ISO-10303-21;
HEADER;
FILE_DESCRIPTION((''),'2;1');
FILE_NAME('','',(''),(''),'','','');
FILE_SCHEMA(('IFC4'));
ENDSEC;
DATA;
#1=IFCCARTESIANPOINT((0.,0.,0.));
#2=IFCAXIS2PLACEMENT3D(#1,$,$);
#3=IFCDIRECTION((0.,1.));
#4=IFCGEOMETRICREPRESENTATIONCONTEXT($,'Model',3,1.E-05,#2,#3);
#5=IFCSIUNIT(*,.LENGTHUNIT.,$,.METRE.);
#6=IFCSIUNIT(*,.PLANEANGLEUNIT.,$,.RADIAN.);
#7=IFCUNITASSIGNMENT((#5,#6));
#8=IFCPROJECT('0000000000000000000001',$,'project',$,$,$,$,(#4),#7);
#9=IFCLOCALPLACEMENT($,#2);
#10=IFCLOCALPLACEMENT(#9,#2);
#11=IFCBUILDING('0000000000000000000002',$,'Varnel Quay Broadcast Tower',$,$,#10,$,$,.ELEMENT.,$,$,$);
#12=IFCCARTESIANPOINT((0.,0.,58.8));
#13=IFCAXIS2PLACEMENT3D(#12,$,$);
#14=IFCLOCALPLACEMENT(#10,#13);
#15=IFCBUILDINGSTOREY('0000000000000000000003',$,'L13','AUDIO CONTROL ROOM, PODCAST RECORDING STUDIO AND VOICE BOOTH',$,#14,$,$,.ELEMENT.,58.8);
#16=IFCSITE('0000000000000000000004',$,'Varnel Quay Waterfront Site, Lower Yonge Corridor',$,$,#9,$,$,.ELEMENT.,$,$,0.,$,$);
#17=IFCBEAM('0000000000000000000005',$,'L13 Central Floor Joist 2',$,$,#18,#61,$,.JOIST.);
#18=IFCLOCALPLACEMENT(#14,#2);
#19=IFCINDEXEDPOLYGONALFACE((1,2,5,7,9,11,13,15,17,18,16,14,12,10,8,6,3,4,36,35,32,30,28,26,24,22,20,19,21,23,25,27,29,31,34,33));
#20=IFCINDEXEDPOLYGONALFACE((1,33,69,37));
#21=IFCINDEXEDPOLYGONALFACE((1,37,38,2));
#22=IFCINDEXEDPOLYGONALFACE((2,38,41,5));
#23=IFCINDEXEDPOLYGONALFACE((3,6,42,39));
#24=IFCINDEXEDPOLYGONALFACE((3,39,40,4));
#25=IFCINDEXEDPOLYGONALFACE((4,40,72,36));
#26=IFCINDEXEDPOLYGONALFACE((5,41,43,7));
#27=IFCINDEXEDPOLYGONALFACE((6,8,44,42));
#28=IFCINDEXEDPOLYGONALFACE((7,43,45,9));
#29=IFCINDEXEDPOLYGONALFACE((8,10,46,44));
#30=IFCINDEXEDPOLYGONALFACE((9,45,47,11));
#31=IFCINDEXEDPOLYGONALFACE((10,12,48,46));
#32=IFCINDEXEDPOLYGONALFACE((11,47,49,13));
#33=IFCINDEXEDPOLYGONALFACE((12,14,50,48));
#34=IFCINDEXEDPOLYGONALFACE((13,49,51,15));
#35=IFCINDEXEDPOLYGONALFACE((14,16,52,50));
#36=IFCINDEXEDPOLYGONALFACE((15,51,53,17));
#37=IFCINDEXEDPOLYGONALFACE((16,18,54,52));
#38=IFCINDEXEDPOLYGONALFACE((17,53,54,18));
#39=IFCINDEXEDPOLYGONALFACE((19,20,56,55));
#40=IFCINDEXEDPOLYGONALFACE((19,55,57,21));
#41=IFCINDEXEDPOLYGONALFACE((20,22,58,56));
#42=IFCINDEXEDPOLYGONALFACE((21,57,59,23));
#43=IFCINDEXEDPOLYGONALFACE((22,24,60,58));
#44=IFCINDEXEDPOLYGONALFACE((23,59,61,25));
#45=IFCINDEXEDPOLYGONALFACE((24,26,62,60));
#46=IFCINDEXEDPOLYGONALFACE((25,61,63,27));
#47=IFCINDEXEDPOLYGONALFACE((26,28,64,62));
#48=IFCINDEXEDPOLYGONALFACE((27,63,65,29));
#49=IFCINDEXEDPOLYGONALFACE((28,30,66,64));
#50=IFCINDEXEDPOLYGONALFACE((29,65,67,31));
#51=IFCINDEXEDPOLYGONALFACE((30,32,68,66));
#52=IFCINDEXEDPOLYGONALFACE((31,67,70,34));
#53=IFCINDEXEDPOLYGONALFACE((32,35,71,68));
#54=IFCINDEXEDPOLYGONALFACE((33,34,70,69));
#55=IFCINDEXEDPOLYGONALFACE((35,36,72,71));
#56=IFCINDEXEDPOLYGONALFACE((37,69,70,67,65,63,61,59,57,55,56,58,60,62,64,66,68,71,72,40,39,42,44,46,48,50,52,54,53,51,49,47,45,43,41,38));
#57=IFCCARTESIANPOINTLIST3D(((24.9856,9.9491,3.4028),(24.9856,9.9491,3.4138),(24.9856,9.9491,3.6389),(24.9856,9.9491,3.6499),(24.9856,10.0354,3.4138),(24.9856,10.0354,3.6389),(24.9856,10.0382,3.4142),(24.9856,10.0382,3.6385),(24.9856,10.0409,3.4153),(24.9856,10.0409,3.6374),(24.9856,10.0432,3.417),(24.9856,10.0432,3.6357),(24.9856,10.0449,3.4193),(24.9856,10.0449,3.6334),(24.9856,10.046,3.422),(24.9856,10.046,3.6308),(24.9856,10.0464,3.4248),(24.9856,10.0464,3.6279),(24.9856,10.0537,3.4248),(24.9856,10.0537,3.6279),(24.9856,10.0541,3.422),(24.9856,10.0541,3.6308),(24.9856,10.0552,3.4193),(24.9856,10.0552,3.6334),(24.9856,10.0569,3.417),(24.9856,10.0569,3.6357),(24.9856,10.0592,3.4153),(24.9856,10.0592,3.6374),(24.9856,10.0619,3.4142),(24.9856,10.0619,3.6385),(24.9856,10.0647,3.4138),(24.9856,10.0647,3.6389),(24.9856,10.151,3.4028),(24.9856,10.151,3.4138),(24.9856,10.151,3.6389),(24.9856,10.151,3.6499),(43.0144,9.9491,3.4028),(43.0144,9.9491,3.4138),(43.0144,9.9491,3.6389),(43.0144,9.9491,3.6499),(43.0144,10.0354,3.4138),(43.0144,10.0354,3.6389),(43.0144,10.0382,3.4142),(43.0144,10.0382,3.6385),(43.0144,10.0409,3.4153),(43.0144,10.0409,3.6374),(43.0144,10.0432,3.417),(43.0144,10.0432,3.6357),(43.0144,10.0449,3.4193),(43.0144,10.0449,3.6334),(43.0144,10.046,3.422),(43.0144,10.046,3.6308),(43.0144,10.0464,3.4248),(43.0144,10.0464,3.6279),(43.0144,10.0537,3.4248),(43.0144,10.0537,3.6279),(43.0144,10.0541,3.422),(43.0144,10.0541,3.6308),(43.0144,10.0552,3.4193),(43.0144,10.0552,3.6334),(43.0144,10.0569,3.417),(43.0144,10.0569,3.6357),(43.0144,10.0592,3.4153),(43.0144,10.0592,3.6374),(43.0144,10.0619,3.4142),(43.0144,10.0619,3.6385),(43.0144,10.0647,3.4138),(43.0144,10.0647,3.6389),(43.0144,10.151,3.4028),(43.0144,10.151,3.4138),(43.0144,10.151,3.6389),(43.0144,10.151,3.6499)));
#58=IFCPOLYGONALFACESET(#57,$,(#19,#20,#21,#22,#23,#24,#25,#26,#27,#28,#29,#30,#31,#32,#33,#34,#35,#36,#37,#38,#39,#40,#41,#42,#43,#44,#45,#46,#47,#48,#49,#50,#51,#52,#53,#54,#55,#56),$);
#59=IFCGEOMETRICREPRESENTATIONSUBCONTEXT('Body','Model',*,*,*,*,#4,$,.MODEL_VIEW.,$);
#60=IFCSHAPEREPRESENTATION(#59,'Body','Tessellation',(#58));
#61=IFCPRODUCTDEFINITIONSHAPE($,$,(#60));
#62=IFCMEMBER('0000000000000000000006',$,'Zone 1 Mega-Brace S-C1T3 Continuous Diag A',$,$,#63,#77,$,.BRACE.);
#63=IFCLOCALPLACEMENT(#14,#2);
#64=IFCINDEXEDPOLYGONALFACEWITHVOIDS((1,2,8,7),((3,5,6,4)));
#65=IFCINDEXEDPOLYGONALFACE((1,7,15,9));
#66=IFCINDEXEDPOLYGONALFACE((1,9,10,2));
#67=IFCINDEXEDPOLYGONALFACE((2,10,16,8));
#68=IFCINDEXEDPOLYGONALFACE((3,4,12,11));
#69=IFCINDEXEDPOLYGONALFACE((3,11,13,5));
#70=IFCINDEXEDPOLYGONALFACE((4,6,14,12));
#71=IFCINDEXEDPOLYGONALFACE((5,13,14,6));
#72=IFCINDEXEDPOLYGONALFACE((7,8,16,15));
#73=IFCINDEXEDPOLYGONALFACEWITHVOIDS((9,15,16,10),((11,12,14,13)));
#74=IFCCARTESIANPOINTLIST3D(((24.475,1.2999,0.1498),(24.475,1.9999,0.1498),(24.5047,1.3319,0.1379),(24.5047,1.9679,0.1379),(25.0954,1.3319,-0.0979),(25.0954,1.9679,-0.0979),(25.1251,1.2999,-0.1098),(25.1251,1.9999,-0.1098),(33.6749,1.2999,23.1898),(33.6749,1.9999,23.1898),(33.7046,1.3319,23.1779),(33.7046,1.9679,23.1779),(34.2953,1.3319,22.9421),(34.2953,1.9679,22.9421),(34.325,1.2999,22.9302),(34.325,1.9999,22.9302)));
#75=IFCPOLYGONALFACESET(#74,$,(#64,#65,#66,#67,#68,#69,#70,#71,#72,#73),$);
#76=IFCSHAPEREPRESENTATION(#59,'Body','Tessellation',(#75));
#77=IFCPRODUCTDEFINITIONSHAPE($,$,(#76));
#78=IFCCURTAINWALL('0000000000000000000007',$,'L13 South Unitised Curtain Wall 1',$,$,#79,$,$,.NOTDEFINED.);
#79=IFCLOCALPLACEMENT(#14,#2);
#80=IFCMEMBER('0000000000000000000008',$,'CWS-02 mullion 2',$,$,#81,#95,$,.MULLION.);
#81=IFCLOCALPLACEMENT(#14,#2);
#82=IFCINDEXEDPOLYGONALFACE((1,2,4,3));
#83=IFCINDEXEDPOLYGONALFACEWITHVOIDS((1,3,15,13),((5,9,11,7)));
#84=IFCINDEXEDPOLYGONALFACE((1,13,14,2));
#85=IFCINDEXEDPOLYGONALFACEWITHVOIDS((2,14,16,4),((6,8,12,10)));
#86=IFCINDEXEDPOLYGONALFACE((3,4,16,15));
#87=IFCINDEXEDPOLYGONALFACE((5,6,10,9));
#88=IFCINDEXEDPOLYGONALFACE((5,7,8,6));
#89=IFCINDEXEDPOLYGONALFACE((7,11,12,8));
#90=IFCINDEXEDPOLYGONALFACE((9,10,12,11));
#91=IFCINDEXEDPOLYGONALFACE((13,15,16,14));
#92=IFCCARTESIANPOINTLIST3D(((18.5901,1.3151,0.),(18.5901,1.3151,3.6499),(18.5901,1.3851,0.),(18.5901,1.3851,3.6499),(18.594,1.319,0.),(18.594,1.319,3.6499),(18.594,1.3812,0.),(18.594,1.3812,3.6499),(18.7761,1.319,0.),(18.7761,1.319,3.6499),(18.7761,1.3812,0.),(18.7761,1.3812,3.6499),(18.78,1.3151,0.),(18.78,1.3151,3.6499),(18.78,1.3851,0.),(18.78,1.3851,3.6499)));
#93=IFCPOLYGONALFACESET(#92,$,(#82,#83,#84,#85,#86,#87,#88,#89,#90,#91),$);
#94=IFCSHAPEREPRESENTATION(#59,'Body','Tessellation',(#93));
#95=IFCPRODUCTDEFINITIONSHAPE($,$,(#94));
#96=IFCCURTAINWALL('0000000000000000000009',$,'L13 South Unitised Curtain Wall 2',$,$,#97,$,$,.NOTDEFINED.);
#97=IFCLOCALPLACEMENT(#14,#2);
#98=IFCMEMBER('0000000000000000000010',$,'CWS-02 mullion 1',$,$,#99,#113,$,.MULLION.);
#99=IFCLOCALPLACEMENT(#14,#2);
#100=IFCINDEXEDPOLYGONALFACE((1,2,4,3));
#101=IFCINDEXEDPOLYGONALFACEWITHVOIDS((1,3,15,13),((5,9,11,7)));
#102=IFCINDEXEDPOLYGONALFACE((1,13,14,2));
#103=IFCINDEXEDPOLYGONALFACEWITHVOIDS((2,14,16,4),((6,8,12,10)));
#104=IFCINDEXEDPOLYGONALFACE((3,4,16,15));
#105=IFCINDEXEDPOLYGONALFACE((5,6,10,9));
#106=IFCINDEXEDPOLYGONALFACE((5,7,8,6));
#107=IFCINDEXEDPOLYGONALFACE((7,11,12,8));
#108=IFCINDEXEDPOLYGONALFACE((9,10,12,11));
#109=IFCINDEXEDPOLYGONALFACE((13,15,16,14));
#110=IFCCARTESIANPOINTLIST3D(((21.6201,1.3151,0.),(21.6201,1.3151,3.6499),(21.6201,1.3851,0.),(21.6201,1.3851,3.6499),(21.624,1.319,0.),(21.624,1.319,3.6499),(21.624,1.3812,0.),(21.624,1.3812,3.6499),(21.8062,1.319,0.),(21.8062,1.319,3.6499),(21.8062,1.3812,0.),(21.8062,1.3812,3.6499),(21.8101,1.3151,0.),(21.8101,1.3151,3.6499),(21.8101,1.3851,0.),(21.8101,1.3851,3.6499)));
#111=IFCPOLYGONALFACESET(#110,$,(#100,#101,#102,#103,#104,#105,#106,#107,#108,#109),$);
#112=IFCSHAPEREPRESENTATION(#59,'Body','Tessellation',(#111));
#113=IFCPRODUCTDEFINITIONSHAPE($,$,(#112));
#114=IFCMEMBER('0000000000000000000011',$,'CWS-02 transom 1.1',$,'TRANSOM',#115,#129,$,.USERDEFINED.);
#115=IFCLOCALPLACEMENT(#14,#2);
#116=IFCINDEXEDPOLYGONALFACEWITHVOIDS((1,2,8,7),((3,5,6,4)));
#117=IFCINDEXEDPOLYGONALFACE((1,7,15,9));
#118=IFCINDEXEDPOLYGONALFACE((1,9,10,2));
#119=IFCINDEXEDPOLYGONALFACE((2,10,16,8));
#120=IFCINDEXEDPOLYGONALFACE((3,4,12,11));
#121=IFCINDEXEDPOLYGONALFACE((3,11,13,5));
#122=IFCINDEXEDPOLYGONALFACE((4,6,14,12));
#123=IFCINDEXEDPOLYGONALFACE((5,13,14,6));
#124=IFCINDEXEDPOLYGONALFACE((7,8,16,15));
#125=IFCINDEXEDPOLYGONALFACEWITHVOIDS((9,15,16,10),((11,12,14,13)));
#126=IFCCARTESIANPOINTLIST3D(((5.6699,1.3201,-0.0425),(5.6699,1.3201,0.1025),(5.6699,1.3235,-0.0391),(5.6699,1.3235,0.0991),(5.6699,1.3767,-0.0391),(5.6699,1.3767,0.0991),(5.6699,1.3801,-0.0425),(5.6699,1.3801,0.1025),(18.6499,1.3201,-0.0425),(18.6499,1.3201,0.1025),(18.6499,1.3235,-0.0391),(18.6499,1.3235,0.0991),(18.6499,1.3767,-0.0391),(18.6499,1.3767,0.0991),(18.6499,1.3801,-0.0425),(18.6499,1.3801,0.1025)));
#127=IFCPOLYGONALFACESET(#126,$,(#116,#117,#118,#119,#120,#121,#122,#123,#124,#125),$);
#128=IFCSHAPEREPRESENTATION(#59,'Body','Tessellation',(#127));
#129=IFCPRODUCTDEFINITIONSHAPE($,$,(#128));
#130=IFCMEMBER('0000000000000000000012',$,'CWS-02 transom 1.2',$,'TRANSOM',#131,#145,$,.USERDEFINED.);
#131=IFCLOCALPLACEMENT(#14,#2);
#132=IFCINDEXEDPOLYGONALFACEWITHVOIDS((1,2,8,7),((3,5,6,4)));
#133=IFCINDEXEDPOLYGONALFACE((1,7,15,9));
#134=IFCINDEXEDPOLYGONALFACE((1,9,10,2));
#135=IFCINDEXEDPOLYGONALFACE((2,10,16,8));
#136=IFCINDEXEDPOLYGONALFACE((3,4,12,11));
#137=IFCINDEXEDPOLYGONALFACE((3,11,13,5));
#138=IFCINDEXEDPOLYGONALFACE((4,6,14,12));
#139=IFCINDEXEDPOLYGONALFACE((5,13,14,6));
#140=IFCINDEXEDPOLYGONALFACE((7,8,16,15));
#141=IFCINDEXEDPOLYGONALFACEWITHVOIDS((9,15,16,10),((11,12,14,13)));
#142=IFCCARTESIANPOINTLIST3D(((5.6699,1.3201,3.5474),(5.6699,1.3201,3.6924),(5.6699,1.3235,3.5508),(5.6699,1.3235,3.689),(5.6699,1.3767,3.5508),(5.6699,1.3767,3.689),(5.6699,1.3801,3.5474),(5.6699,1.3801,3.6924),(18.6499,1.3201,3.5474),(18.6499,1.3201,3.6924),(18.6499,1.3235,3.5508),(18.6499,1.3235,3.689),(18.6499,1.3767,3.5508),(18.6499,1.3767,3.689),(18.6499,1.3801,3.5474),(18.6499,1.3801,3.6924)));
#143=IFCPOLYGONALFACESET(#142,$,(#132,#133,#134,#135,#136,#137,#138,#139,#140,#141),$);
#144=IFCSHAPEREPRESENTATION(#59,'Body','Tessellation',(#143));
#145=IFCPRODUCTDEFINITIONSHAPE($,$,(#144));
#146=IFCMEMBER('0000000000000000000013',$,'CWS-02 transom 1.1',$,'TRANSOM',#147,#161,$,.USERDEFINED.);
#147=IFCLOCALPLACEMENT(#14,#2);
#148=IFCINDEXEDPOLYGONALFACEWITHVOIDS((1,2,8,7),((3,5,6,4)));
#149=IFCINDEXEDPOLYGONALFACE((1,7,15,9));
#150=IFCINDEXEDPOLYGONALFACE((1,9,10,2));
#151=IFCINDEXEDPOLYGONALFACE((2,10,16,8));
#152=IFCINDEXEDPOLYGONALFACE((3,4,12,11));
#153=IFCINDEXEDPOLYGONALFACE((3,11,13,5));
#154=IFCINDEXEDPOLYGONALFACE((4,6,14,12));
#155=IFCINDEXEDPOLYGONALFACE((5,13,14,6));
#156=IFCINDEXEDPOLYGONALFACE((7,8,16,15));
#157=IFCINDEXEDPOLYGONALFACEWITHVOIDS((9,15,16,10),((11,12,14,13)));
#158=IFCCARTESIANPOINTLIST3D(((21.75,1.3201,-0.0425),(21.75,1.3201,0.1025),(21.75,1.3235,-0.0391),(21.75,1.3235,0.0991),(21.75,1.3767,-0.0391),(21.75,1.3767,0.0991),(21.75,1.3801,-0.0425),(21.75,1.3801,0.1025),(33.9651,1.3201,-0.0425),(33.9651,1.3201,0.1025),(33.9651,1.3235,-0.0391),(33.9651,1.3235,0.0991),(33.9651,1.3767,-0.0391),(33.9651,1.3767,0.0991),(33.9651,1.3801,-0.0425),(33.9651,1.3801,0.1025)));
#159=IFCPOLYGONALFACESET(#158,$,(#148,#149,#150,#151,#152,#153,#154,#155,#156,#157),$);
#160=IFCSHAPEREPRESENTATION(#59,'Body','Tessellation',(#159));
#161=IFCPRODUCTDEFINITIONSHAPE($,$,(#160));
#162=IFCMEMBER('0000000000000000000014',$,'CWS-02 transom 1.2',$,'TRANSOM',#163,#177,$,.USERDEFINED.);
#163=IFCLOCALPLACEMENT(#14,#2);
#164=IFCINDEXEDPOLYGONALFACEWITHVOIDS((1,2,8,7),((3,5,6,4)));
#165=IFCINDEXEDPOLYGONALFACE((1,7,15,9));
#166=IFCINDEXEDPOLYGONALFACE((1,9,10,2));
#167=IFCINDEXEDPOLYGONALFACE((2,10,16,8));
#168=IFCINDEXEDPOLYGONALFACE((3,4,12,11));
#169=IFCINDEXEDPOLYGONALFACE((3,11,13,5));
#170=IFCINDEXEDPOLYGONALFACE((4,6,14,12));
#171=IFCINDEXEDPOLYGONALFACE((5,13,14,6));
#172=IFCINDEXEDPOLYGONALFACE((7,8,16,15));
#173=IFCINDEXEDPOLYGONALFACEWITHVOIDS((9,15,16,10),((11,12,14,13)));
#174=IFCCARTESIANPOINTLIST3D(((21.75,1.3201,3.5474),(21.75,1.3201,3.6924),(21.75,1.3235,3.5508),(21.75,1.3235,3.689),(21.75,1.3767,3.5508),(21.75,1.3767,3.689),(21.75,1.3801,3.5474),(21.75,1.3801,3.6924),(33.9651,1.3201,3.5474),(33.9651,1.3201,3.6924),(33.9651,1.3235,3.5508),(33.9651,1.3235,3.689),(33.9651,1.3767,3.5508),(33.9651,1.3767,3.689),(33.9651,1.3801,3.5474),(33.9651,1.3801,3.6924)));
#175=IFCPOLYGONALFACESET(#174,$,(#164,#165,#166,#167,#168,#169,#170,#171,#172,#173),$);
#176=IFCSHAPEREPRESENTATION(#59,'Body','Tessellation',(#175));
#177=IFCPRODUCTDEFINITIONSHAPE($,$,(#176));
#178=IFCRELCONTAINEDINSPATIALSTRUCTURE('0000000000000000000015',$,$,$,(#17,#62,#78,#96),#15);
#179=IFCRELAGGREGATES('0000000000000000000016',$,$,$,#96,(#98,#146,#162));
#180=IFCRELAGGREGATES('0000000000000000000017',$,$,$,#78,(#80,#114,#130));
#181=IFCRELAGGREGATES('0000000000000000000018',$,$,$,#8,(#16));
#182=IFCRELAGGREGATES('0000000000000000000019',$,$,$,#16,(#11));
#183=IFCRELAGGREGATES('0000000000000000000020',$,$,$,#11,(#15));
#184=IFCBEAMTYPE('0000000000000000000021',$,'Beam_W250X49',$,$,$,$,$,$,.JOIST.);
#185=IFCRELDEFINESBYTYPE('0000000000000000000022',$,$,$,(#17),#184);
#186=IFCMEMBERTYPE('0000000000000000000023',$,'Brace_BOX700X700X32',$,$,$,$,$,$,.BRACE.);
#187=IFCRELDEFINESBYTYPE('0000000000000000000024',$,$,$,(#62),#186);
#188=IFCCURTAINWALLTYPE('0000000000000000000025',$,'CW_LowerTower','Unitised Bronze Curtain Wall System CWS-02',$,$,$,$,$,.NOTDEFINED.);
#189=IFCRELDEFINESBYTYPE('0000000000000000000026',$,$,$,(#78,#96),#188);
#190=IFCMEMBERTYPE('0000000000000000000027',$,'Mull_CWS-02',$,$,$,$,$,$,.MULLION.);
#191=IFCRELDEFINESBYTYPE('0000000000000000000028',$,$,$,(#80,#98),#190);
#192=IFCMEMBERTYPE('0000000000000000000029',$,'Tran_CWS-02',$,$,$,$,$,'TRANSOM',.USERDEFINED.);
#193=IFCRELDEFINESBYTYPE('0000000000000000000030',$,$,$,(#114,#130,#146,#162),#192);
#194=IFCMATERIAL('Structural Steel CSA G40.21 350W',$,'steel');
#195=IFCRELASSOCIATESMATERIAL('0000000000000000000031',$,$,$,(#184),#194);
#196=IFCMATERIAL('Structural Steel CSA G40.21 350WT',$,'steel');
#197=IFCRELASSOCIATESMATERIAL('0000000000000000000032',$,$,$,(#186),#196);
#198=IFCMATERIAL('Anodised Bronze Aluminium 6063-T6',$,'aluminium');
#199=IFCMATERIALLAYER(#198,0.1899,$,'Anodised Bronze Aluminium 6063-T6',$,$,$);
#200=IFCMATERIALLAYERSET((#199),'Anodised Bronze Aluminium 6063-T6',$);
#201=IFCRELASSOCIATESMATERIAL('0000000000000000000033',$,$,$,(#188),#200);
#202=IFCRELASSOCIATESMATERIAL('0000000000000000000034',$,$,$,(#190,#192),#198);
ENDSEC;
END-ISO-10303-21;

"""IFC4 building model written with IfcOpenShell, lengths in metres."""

from ifc_helpers import new_model, si_unit, direction, frame, origin, origin_2d, place, context, subcontext, project, spatial, hollow_rectangle, i_section, extrude, source, transform, mapped, material, layer, layer_set, material_profile, profile_set, type_object, type_shapes, element, aggregate, save


model = new_model("IFC4")

# Units and contexts
model_context = context("Model", 3, precision=1e-05, world=origin(), true_north=direction((0.0, 1.0)))
body_context = subcontext(model_context, "Body", "Model", "MODEL_VIEW")
ifc_project = project(units=[si_unit("LENGTHUNIT", "METRE"), si_unit("PLANEANGLEUNIT", "RADIAN")], contexts=[model_context])

# Site, building, storey
site_placement = place(None, origin())
site = spatial("IfcSite", under=ifc_project, at=site_placement, Name="Varnel Quay Waterfront Site, Lower Yonge Corridor", CompositionType="ELEMENT", RefElevation=0.0)
building_placement = place(site_placement, origin())
building = spatial("IfcBuilding", under=site, at=building_placement, Name="Varnel Quay Broadcast Tower", CompositionType="ELEMENT")
storey_placement = place(building_placement, frame((0.0, 0.0, 58.8)))
storey = spatial("IfcBuildingStorey", under=building, at=storey_placement, Name="L13", Description="AUDIO CONTROL ROOM, PODCAST RECORDING STUDIO AND VOICE BOOTH", CompositionType="ELEMENT", Elevation=58.8)

# Shared definitions
ifc_material_1 = material(Name="Structural Steel CSA G40.21 350W", Category="steel")

# Beam
ifc_material_profile_1 = material_profile(ifc_material_1, i_section(OverallWidth=0.2019, OverallDepth=0.2471, WebThickness=0.0073, FlangeThickness=0.011, FilletRadius=0.011, at=origin_2d()), Name="W250X49")
ifc_profile_set_1 = profile_set([ifc_material_profile_1], Name="Structural Steel CSA G40.21 350W")
beam_type_1 = type_object("IfcBeamType", Name="Beam_W250X49", PredefinedType="JOIST", material=ifc_profile_set_1)
shared_shape_1 = source(origin(), body_context, "Body", "SweptSolid", [
    extrude(i_section(OverallWidth=0.2019, OverallDepth=0.2471, WebThickness=0.0073, FlangeThickness=0.011, FilletRadius=0.011, at=origin_2d()), origin(), (0.0, 0.0, 1.0), 18.0288),
])
type_shapes(beam_type_1, [shared_shape_1])
beam_1_placement = place(storey_placement, frame((24.9856, 10.05, 3.5264), z_axis=(1.0, 0.0, 0.0), x_axis=(0.0, 1.0, 0.0)))
element("IfcBeam", 1, at=beam_1_placement, inside=storey, type_object=beam_type_1, Name="L13 Central Floor Joist 2", PredefinedType="JOIST", context=body_context, shape_type="MappedRepresentation", body=[
    mapped(shared_shape_1, transform((0.0, 0.0, 0.0), x_axis=(1.0, 0.0, 0.0), y_axis=(0.0, 1.0, 0.0), z_axis=(0.0, 0.0, 1.0), scale=1.0)),
])

# Member
ifc_material_2 = material(Name="Structural Steel CSA G40.21 350WT", Category="steel")
ifc_material_profile_2 = material_profile(ifc_material_2, hollow_rectangle(XDim=0.7, YDim=0.7, WallThickness=0.032, at=origin_2d()), Name="BOX700X700X32")
ifc_profile_set_2 = profile_set([ifc_material_profile_2], Name="Structural Steel CSA G40.21 350WT")
member_type_1 = type_object("IfcMemberType", Name="Brace_BOX700X700X32", PredefinedType="BRACE", material=ifc_profile_set_2)
shared_shape_2 = source(origin(), body_context, "Body", "SweptSolid", [
    extrude(hollow_rectangle(XDim=0.7, YDim=0.7, WallThickness=0.032, at=origin_2d()), origin(), (0.0, 0.0, 1.0), 24.8088),
])
type_shapes(member_type_1, [shared_shape_2])
member_1_placement = place(storey_placement, frame((24.8, 1.6499, 0.02), z_axis=(0.370832, 0.0, 0.9287), x_axis=(0.0, 1.0, 0.0)))
element("IfcMember", 2, at=member_1_placement, inside=storey, type_object=member_type_1, Name="Zone 1 Mega-Brace S-C1T3 Continuous Diag A", PredefinedType="BRACE", context=body_context, shape_type="MappedRepresentation", body=[
    mapped(shared_shape_2, transform((0.0, 0.0, 0.0), x_axis=(1.0, 0.0, 0.0), y_axis=(0.0, 1.0, 0.0), z_axis=(0.0, 0.0, 1.0), scale=1.0)),
])

# Curtain walls, members
ifc_material_3 = material(Name="Anodised Bronze Aluminium 6063-T6", Category="aluminium")
ifc_layer_1 = layer(ifc_material_3, 0.1899, Name="Anodised Bronze Aluminium 6063-T6")
ifc_layer_set_1 = layer_set([ifc_layer_1], Name="Anodised Bronze Aluminium 6063-T6")
curtain_wall_type_1 = type_object("IfcCurtainWallType", Name="CW_LowerTower", Description="Unitised Bronze Curtain Wall System CWS-02", PredefinedType="NOTDEFINED", material=ifc_layer_set_1)
curtain_wall_1_placement = place(storey_placement, origin())
curtain_wall_1 = element("IfcCurtainWall", 3, at=curtain_wall_1_placement, inside=storey, type_object=curtain_wall_type_1, Name="L13 South Unitised Curtain Wall 1", PredefinedType="NOTDEFINED")
ifc_material_profile_3 = material_profile(ifc_material_3, hollow_rectangle(XDim=0.0701, YDim=0.1899, WallThickness=0.0039, at=origin_2d()), Name="ALU70X190X4")
ifc_profile_set_3 = profile_set([ifc_material_profile_3], Name="Anodised Bronze Aluminium 6063-T6")
member_type_2 = type_object("IfcMemberType", Name="Mull_CWS-02", PredefinedType="MULLION", material=ifc_profile_set_3)
shared_shape_3 = source(origin(), body_context, "Body", "SweptSolid", [
    extrude(hollow_rectangle(XDim=0.0701, YDim=0.1899, WallThickness=0.0039, at=origin_2d()), origin(), (0.0, 0.0, 1.0), 3.6499),
])
type_shapes(member_type_2, [shared_shape_3])
member_2_placement = place(storey_placement, frame((18.6851, 1.3501, 0.0), z_axis=(0.0, 0.0, 1.0), x_axis=(0.0, 1.0, 0.0)))
member_2 = element("IfcMember", 4, at=member_2_placement, type_object=member_type_2, Name="CWS-02 mullion 2", PredefinedType="MULLION", context=body_context, shape_type="MappedRepresentation", body=[
    mapped(shared_shape_3, transform((0.0, 0.0, 0.0), x_axis=(1.0, 0.0, 0.0), y_axis=(0.0, 1.0, 0.0), z_axis=(0.0, 0.0, 1.0), scale=1.0)),
])
curtain_wall_2_placement = place(storey_placement, origin())
curtain_wall_2 = element("IfcCurtainWall", 5, at=curtain_wall_2_placement, inside=storey, type_object=curtain_wall_type_1, Name="L13 South Unitised Curtain Wall 2", PredefinedType="NOTDEFINED")
member_3_placement = place(storey_placement, frame((21.7151, 1.3501, 0.0), z_axis=(0.0, 0.0, 1.0), x_axis=(0.0, 1.0, 0.0)))
member_3 = element("IfcMember", 6, at=member_3_placement, type_object=member_type_2, Name="CWS-02 mullion 1", PredefinedType="MULLION", context=body_context, shape_type="MappedRepresentation", body=[
    mapped(shared_shape_3, transform((0.0, 0.0, 0.0), x_axis=(1.0, 0.0, 0.0), y_axis=(0.0, 1.0, 0.0), z_axis=(0.0, 0.0, 1.0), scale=1.0)),
])

# Members
ifc_material_profile_4 = material_profile(ifc_material_3, hollow_rectangle(XDim=0.0601, YDim=0.145, WallThickness=0.0034, at=origin_2d()), Name="ALU60X145X3.5")
ifc_profile_set_4 = profile_set([ifc_material_profile_4], Name="Anodised Bronze Aluminium 6063-T6")
member_type_3 = type_object("IfcMemberType", Name="Tran_CWS-02", ElementType="TRANSOM", PredefinedType="USERDEFINED", material=ifc_profile_set_4)
shared_shape_4 = source(origin(), body_context, "Body", "SweptSolid", [
    extrude(hollow_rectangle(XDim=0.0601, YDim=0.145, WallThickness=0.0034, at=origin_2d()), origin(), (0.0, 0.0, 1.0), 12.98),
])
member_4_placement = place(storey_placement, frame((5.6699, 1.3501, 0.03), z_axis=(1.0, 0.0, 0.0), x_axis=(0.0, 1.0, 0.0)))
member_4 = element("IfcMember", 7, at=member_4_placement, type_object=member_type_3, Name="CWS-02 transom 1.1", ObjectType="TRANSOM", PredefinedType="USERDEFINED", context=body_context, shape_type="MappedRepresentation", body=[
    mapped(shared_shape_4, transform((0.0, 0.0, 0.0), x_axis=(1.0, 0.0, 0.0), y_axis=(0.0, 1.0, 0.0), z_axis=(0.0, 0.0, 1.0), scale=1.0)),
])
member_5_placement = place(storey_placement, frame((5.6699, 1.3501, 3.6199), z_axis=(1.0, 0.0, 0.0), x_axis=(0.0, 1.0, 0.0)))
member_5 = element("IfcMember", 8, at=member_5_placement, type_object=member_type_3, Name="CWS-02 transom 1.2", ObjectType="TRANSOM", PredefinedType="USERDEFINED", context=body_context, shape_type="MappedRepresentation", body=[
    mapped(shared_shape_4, transform((0.0, 0.0, 0.0), x_axis=(1.0, 0.0, 0.0), y_axis=(0.0, 1.0, 0.0), z_axis=(0.0, 0.0, 1.0), scale=1.0)),
])
shared_shape_5 = source(origin(), body_context, "Body", "SweptSolid", [
    extrude(hollow_rectangle(XDim=0.0601, YDim=0.145, WallThickness=0.0034, at=origin_2d()), origin(), (0.0, 0.0, 1.0), 12.2151),
])
type_shapes(member_type_3, [shared_shape_4, shared_shape_5])
member_6_placement = place(storey_placement, frame((21.75, 1.3501, 0.03), z_axis=(1.0, 0.0, 0.0), x_axis=(0.0, 1.0, 0.0)))
member_6 = element("IfcMember", 9, at=member_6_placement, type_object=member_type_3, Name="CWS-02 transom 1.1", ObjectType="TRANSOM", PredefinedType="USERDEFINED", context=body_context, shape_type="MappedRepresentation", body=[
    mapped(shared_shape_5, transform((0.0, 0.0, 0.0), x_axis=(1.0, 0.0, 0.0), y_axis=(0.0, 1.0, 0.0), z_axis=(0.0, 0.0, 1.0), scale=1.0)),
])
member_7_placement = place(storey_placement, frame((21.75, 1.3501, 3.6199), z_axis=(1.0, 0.0, 0.0), x_axis=(0.0, 1.0, 0.0)))
member_7 = element("IfcMember", 10, at=member_7_placement, type_object=member_type_3, Name="CWS-02 transom 1.2", ObjectType="TRANSOM", PredefinedType="USERDEFINED", context=body_context, shape_type="MappedRepresentation", body=[
    mapped(shared_shape_5, transform((0.0, 0.0, 0.0), x_axis=(1.0, 0.0, 0.0), y_axis=(0.0, 1.0, 0.0), z_axis=(0.0, 0.0, 1.0), scale=1.0)),
])
aggregate(curtain_wall_2, [member_3, member_6, member_7])

aggregate(curtain_wall_1, [member_2, member_4, member_5])

save(model, "model.ifc")
